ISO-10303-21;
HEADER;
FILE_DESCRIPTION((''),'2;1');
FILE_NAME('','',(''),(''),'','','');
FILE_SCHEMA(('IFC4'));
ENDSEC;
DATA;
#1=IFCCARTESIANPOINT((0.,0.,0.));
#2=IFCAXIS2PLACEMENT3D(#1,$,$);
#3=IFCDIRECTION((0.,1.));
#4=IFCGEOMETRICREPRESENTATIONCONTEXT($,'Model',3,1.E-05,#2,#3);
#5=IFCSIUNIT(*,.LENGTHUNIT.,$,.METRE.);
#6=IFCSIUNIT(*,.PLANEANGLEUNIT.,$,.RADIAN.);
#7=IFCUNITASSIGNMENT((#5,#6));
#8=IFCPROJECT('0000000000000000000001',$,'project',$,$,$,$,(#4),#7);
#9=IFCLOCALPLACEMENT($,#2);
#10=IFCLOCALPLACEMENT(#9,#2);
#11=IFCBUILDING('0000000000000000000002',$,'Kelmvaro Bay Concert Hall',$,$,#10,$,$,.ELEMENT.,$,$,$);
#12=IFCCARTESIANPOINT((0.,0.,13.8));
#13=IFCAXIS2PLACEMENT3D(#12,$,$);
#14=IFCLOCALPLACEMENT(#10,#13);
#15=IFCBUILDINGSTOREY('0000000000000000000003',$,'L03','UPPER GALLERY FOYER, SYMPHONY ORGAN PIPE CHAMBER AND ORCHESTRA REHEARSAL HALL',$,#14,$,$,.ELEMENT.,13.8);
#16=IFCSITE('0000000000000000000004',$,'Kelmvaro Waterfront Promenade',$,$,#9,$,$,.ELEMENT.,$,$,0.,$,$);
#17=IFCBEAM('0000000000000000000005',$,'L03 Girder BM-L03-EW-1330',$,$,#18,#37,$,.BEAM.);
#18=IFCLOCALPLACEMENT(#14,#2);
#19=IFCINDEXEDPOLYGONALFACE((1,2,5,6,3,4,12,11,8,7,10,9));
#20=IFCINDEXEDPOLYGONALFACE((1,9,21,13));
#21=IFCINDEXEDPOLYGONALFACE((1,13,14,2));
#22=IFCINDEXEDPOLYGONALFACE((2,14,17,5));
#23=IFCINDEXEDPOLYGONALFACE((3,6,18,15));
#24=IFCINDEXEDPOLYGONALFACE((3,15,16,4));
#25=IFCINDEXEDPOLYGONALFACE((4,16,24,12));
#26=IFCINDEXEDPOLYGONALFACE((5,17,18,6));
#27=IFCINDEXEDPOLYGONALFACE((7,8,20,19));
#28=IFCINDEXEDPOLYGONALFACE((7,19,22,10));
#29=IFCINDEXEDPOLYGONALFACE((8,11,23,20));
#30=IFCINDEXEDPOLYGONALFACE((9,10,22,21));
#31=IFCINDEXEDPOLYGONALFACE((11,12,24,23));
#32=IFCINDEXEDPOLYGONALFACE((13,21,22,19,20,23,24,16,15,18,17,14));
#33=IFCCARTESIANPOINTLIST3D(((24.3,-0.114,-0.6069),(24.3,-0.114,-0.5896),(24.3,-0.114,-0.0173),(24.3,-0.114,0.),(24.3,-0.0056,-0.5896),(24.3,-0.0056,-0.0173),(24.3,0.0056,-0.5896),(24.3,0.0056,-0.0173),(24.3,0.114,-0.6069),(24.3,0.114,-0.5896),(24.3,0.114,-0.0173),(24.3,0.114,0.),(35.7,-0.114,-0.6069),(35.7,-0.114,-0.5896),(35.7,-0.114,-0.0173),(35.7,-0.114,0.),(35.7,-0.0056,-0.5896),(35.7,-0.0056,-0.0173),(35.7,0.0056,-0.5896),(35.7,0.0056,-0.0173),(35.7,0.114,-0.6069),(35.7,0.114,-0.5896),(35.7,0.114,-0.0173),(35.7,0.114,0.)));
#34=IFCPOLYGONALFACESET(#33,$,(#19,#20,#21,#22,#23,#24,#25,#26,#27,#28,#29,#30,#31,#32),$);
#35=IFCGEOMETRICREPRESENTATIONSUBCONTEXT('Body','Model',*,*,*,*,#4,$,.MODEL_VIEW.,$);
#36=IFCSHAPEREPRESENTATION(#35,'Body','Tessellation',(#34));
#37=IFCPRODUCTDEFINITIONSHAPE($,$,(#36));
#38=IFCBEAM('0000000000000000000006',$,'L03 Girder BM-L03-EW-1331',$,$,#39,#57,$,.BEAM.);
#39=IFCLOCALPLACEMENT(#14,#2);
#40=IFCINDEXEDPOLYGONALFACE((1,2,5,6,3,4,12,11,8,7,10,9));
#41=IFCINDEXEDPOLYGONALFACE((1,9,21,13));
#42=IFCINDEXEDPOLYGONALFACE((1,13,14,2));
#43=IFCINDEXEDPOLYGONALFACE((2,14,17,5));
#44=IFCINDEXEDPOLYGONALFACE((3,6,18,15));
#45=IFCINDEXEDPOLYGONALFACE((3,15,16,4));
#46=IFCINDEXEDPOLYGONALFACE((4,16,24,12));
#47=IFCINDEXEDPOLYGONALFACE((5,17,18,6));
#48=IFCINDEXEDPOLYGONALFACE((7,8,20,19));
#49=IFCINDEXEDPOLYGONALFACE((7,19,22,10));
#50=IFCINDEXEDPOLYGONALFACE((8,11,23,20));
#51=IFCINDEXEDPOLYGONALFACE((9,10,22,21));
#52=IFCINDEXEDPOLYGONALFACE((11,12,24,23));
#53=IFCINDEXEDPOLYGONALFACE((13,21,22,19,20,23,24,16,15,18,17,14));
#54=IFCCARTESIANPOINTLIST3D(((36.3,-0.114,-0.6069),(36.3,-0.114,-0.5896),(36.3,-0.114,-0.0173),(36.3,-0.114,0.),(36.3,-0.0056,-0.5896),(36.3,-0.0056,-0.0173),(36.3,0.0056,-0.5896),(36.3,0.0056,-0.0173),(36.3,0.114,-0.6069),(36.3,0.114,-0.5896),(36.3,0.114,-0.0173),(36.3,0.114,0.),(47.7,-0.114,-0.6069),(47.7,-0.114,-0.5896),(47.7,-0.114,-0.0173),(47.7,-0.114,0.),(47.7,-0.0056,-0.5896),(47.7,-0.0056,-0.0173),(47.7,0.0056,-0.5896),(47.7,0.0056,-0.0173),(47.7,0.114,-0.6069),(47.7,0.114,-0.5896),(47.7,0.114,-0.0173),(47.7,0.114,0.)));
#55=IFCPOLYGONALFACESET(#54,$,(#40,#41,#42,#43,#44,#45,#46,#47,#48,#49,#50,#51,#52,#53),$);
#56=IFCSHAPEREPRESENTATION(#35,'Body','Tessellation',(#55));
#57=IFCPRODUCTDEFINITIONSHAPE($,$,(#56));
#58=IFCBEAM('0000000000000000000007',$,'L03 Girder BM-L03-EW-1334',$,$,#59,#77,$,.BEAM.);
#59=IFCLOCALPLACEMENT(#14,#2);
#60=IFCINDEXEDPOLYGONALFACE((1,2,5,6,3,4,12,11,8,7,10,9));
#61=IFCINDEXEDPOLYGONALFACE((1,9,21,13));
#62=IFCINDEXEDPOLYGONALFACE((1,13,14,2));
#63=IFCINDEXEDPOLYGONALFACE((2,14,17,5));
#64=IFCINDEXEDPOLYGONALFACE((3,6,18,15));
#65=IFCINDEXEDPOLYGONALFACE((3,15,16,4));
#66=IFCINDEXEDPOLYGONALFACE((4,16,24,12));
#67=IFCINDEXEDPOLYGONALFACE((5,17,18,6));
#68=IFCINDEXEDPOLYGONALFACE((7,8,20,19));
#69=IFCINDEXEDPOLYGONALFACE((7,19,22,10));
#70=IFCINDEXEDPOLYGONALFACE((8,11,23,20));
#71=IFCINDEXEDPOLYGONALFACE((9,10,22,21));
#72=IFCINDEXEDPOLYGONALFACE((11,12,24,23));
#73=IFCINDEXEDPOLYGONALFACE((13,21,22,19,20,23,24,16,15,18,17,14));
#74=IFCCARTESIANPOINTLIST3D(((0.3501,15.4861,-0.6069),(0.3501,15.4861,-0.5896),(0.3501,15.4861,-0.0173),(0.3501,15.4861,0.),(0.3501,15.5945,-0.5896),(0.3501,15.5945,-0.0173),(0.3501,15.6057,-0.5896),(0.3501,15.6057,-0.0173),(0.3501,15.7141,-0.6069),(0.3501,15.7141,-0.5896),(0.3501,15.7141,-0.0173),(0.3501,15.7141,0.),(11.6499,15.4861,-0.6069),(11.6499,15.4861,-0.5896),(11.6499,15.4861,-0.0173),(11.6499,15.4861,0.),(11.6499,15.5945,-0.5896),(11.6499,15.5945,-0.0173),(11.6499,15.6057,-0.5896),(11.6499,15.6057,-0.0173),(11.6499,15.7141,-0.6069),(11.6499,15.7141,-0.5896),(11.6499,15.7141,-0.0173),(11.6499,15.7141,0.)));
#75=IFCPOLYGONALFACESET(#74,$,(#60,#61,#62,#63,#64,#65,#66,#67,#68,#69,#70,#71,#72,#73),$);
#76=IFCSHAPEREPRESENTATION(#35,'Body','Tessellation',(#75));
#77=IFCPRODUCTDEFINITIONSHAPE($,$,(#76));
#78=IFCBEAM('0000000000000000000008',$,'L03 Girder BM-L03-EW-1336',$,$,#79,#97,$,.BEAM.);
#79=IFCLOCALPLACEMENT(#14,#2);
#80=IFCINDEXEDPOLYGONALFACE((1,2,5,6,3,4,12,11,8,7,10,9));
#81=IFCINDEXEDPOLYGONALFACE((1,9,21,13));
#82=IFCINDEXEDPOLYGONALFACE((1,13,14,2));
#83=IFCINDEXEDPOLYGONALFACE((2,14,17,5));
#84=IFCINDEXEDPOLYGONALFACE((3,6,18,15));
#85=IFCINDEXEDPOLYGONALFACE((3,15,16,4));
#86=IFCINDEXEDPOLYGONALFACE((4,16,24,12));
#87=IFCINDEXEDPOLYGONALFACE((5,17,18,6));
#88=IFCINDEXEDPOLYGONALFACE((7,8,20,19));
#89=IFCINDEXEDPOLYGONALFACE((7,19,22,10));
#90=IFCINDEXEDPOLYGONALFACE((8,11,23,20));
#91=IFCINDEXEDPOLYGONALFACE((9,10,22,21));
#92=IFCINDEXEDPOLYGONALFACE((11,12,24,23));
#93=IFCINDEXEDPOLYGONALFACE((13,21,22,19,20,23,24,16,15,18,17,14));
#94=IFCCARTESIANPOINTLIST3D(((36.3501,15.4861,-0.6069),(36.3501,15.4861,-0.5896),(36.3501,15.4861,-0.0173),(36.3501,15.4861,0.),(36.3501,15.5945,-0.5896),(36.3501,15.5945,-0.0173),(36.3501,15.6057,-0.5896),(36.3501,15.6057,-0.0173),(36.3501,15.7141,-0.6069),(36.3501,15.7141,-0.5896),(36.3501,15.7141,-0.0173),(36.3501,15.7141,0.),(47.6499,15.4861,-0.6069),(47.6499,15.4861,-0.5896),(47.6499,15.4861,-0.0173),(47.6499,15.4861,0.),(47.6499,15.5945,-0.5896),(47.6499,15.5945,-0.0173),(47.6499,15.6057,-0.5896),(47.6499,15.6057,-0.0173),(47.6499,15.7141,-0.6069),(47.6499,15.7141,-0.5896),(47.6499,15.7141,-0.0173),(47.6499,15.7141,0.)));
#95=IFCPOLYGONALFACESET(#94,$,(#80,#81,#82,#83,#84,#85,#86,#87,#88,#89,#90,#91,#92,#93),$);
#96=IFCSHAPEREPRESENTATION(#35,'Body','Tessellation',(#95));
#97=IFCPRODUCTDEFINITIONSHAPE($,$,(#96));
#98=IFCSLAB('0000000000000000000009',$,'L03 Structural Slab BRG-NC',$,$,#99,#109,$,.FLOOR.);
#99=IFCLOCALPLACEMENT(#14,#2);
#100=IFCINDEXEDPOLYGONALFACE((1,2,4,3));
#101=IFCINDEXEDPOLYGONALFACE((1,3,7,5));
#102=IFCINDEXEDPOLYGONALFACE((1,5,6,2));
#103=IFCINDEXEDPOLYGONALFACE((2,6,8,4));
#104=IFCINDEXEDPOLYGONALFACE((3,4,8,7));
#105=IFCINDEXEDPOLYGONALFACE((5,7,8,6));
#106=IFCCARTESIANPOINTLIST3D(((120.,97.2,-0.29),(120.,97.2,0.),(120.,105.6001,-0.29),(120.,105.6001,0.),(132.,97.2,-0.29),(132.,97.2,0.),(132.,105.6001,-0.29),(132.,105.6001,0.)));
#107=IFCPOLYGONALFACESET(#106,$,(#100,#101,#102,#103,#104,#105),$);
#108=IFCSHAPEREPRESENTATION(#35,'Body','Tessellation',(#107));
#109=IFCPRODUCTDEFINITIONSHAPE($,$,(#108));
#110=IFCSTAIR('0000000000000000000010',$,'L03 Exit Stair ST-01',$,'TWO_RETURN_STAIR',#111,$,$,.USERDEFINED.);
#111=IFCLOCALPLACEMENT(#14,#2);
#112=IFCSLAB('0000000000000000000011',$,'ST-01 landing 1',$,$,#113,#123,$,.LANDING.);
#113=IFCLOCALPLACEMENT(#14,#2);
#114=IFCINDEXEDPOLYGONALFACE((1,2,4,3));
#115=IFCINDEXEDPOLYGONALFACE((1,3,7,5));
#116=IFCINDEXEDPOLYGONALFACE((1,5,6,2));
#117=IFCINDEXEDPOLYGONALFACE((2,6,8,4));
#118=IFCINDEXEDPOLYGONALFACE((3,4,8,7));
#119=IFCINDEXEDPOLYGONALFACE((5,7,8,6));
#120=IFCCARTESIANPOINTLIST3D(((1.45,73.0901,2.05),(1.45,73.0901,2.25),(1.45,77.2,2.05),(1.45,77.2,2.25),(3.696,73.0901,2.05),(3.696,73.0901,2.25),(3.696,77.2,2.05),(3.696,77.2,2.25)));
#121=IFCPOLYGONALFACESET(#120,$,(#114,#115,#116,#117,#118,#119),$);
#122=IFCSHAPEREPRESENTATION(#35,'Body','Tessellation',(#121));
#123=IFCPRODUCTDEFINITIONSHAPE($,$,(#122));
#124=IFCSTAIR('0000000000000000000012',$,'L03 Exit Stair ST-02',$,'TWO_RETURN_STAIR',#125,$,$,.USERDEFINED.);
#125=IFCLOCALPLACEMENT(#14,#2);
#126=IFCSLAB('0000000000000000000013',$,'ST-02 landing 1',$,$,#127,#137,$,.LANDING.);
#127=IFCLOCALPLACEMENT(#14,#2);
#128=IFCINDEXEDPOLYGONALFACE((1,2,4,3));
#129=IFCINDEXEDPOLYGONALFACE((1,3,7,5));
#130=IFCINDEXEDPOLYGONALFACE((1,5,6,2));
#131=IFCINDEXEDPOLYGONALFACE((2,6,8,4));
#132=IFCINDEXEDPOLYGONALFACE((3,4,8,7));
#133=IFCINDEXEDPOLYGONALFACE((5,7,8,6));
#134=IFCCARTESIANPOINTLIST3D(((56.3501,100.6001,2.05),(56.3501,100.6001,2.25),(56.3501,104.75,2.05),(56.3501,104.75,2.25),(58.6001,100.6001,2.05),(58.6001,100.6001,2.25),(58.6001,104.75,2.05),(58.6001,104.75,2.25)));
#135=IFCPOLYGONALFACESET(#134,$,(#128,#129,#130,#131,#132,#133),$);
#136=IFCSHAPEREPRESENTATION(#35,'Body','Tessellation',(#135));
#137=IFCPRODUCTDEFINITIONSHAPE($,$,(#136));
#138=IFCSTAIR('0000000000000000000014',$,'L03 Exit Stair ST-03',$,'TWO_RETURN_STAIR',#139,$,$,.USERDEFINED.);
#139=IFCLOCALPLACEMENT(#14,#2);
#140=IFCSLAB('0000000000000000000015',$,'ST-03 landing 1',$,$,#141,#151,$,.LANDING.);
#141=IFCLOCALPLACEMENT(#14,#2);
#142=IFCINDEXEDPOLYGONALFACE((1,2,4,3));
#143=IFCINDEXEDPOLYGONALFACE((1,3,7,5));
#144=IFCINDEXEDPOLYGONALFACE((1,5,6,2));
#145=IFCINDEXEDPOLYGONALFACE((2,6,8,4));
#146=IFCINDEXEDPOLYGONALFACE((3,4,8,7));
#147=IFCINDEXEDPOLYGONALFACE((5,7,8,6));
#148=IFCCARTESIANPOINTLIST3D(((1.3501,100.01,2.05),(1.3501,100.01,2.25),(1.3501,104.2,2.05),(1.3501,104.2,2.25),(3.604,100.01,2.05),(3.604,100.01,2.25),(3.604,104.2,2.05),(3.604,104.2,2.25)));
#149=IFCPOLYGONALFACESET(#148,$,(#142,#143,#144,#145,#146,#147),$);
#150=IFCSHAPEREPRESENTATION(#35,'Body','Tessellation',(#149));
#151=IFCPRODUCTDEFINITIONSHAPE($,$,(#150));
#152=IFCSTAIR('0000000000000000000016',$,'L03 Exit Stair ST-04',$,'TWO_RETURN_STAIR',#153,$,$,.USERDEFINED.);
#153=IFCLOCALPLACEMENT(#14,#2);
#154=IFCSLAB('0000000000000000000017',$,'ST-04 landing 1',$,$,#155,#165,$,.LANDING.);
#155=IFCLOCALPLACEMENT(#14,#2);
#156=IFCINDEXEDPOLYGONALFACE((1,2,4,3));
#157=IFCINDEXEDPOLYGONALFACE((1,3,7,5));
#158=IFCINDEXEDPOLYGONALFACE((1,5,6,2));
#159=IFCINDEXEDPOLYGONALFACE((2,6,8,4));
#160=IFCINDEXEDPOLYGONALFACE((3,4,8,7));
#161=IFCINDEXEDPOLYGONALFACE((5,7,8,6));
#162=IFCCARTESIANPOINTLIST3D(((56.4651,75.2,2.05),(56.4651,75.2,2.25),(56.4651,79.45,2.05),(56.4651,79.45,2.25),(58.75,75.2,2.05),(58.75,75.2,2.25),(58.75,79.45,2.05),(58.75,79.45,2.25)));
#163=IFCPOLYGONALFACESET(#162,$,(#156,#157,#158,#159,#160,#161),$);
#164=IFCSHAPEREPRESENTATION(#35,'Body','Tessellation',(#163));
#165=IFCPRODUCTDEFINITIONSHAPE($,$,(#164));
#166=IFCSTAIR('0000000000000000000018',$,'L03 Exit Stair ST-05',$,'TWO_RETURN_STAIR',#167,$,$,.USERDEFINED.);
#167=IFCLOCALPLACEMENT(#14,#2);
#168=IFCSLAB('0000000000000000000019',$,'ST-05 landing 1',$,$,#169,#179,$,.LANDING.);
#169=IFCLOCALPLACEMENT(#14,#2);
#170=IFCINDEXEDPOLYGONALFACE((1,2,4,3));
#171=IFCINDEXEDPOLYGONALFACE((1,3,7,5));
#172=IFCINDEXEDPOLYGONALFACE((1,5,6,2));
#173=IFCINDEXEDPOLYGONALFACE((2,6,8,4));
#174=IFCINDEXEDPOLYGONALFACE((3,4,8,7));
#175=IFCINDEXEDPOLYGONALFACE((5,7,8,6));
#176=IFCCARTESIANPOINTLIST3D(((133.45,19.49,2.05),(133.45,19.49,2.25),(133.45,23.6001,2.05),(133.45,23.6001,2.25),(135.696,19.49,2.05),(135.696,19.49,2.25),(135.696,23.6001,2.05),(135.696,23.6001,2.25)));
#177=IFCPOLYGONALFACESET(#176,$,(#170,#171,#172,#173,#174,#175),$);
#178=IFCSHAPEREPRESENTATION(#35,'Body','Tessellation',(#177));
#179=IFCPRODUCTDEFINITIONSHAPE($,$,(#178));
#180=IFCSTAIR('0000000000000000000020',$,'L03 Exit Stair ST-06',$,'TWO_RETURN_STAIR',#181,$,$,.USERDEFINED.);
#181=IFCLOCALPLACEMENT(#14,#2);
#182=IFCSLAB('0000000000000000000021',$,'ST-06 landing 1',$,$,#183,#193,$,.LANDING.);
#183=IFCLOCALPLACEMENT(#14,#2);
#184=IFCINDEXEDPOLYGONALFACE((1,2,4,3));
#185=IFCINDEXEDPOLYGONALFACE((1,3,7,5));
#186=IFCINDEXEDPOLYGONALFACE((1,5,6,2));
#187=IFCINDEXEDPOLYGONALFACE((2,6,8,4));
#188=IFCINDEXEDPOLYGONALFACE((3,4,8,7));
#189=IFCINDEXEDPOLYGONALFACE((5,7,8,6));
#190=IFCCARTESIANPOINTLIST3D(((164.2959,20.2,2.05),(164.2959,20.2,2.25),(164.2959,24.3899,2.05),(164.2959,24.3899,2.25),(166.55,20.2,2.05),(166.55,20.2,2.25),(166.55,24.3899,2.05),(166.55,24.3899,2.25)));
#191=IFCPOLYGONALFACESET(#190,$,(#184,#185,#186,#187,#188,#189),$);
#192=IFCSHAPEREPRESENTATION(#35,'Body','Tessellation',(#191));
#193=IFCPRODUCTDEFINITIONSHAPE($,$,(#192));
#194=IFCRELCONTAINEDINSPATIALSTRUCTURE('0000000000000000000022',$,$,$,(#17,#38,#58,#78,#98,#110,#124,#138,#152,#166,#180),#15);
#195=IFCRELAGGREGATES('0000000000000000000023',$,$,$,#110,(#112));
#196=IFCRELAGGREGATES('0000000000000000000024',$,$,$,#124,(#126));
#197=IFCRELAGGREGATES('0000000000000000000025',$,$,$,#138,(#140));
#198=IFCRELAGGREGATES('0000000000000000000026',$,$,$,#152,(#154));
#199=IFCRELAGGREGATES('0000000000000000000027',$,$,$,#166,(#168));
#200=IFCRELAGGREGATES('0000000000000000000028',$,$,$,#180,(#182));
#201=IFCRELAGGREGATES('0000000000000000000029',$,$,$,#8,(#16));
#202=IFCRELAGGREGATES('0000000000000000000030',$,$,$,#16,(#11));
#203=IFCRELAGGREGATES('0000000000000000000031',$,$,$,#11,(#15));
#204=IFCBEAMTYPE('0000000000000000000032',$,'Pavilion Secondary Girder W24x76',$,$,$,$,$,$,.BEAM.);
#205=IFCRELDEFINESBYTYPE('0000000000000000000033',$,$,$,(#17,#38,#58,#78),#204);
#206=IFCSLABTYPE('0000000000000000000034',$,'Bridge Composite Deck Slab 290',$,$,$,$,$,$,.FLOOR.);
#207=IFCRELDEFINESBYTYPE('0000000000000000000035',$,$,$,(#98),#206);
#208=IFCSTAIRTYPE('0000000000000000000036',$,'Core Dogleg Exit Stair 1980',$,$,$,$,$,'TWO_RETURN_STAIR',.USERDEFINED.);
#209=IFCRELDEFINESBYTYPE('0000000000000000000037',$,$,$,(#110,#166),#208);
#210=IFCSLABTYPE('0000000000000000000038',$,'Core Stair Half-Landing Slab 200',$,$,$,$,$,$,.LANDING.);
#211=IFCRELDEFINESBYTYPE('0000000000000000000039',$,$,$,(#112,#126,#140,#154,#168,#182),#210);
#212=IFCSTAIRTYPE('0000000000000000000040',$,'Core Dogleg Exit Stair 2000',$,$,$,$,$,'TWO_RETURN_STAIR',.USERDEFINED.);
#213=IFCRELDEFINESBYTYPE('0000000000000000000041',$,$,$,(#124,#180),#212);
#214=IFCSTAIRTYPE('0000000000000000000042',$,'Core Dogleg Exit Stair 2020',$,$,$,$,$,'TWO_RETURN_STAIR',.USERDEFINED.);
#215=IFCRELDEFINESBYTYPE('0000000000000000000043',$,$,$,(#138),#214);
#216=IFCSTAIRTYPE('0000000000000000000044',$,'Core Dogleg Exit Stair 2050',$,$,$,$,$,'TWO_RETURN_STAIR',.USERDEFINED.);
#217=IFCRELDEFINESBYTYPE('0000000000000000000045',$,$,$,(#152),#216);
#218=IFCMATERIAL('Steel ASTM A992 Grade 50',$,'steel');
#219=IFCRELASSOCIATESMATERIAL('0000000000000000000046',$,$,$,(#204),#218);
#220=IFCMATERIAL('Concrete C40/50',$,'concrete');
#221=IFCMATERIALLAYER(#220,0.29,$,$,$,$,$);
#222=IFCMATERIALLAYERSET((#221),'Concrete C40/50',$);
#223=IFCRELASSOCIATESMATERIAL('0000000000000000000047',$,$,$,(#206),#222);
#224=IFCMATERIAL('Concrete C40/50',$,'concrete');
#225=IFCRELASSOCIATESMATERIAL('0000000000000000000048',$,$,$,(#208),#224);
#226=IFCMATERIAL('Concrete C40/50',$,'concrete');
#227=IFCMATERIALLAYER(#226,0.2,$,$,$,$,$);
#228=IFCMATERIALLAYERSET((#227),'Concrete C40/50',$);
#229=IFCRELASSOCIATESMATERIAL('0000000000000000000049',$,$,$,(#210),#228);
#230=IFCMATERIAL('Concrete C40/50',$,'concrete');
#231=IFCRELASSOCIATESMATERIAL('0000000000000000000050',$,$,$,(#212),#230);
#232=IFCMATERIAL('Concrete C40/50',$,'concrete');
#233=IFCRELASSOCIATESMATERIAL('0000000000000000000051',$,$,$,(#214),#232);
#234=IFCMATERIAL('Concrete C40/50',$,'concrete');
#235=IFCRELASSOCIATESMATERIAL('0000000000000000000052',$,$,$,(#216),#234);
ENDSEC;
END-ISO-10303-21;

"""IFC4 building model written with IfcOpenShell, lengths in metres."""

from ifc_helpers import new_model, si_unit, direction, frame, origin, origin_2d, place, context, subcontext, project, spatial, polyline, i_section, outline, extrude, material, layer, layer_set, material_profile, profile_set, type_object, element, aggregate, save


model = new_model("IFC4")

# Units and contexts
model_context = context("Model", 3, precision=1e-05, world=origin(), true_north=direction((0.0, 1.0)))
body_context = subcontext(model_context, "Body", "Model", "MODEL_VIEW")
ifc_project = project(units=[si_unit("LENGTHUNIT", "METRE"), si_unit("PLANEANGLEUNIT", "RADIAN")], contexts=[model_context])

# Site, building, storey
site_placement = place(None, origin())
site = spatial("IfcSite", under=ifc_project, at=site_placement, Name="Kelmvaro Waterfront Promenade", CompositionType="ELEMENT", RefElevation=0.0)
building_placement = place(site_placement, origin())
building = spatial("IfcBuilding", under=site, at=building_placement, Name="Kelmvaro Bay Concert Hall", CompositionType="ELEMENT")
storey_placement = place(building_placement, frame((0.0, 0.0, 13.8)))
storey = spatial("IfcBuildingStorey", under=building, at=storey_placement, Name="L03", Description="UPPER GALLERY FOYER, SYMPHONY ORGAN PIPE CHAMBER AND ORCHESTRA REHEARSAL HALL", CompositionType="ELEMENT", Elevation=13.8)

# Beams
ifc_material_1 = material(Name="Steel ASTM A992 Grade 50", Category="steel")
ifc_material_profile_1 = material_profile(ifc_material_1, i_section(OverallWidth=0.228, OverallDepth=0.6069, WebThickness=0.0112, FlangeThickness=0.0173, at=origin_2d()), Name="W24X76")
ifc_profile_set_1 = profile_set([ifc_material_profile_1], Name="Steel ASTM A992 Grade 50")
beam_type_1 = type_object("IfcBeamType", Name="Pavilion Secondary Girder W24x76", PredefinedType="BEAM", material=ifc_profile_set_1)
for number, where, z_axis, x_axis, name in (
    (1, (24.3, 0.0, -0.3035), (1.0, 0.0, 0.0), (0.0, 1.0, 0.0), "L03 Girder BM-L03-EW-1330"),
    (2, (36.3, 0.0, -0.3035), (1.0, 0.0, 0.0), (0.0, 1.0, 0.0), "L03 Girder BM-L03-EW-1331"),
):
    element("IfcBeam", number, at=place(storey_placement, frame(where, z_axis=z_axis, x_axis=x_axis)), inside=storey, type_object=beam_type_1, Name=name, PredefinedType="BEAM", context=body_context, shape_type="SweptSolid", body=[
        extrude(i_section(OverallWidth=0.228, OverallDepth=0.6069, WebThickness=0.0112, FlangeThickness=0.0173, at=origin_2d()), origin(), (0.0, 0.0, 1.0), 11.3999),
    ])
for number, where, z_axis, x_axis, name in (
    (3, (0.3501, 15.6001, -0.3035), (1.0, 0.0, 0.0), (0.0, 1.0, 0.0), "L03 Girder BM-L03-EW-1334"),
    (4, (36.3501, 15.6001, -0.3035), (1.0, 0.0, 0.0), (0.0, 1.0, 0.0), "L03 Girder BM-L03-EW-1336"),
):
    element("IfcBeam", number, at=place(storey_placement, frame(where, z_axis=z_axis, x_axis=x_axis)), inside=storey, type_object=beam_type_1, Name=name, PredefinedType="BEAM", context=body_context, shape_type="SweptSolid", body=[
        extrude(i_section(OverallWidth=0.228, OverallDepth=0.6069, WebThickness=0.0112, FlangeThickness=0.0173, at=origin_2d()), origin(), (0.0, 0.0, 1.0), 11.2998),
    ])

# Slab
ifc_material_2 = material(Name="Concrete C40/50", Category="concrete")
ifc_layer_1 = layer(ifc_material_2, 0.29)
ifc_layer_set_1 = layer_set([ifc_layer_1], Name="Concrete C40/50")
slab_type_1 = type_object("IfcSlabType", Name="Bridge Composite Deck Slab 290", PredefinedType="FLOOR", material=ifc_layer_set_1)
slab_1_placement = place(storey_placement, frame((0.0, 0.0, -0.29)))
element("IfcSlab", 5, at=slab_1_placement, inside=storey, type_object=slab_type_1, Name="L03 Structural Slab BRG-NC", PredefinedType="FLOOR", context=body_context, shape_type="SweptSolid", body=[
    extrude(outline(polyline([(120.0, 97.2), (132.0, 97.2), (132.0, 105.6001), (120.0, 105.6001), (120.0, 97.2)])), origin(), (0.0, 0.0, 1.0), 0.29),
])

# Stairs, slabs
ifc_material_3 = material(Name="Concrete C40/50", Category="concrete")
stair_type_1 = type_object("IfcStairType", Name="Core Dogleg Exit Stair 1980", ElementType="TWO_RETURN_STAIR", PredefinedType="USERDEFINED", material=ifc_material_3)
stair_1_placement = place(storey_placement, origin())
stair_1 = element("IfcStair", 6, at=stair_1_placement, inside=storey, type_object=stair_type_1, Name="L03 Exit Stair ST-01", ObjectType="TWO_RETURN_STAIR", PredefinedType="USERDEFINED")
ifc_material_4 = material(Name="Concrete C40/50", Category="concrete")
ifc_layer_2 = layer(ifc_material_4, 0.2)
ifc_layer_set_2 = layer_set([ifc_layer_2], Name="Concrete C40/50")
slab_type_2 = type_object("IfcSlabType", Name="Core Stair Half-Landing Slab 200", PredefinedType="LANDING", material=ifc_layer_set_2)
slab_2_placement = place(storey_placement, frame((0.0, 0.0, 2.05)))
slab_2 = element("IfcSlab", 7, at=slab_2_placement, type_object=slab_type_2, Name="ST-01 landing 1", PredefinedType="LANDING", context=body_context, shape_type="SweptSolid", body=[
    extrude(outline(polyline([(3.696, 77.2), (1.45, 77.2), (1.45, 73.0901), (3.696, 73.0901), (3.696, 77.2)])), origin(), (0.0, 0.0, 1.0), 0.2),
])
aggregate(stair_1, [slab_2])
ifc_material_5 = material(Name="Concrete C40/50", Category="concrete")
stair_type_2 = type_object("IfcStairType", Name="Core Dogleg Exit Stair 2000", ElementType="TWO_RETURN_STAIR", PredefinedType="USERDEFINED", material=ifc_material_5)
stair_2_placement = place(storey_placement, origin())
stair_2 = element("IfcStair", 8, at=stair_2_placement, inside=storey, type_object=stair_type_2, Name="L03 Exit Stair ST-02", ObjectType="TWO_RETURN_STAIR", PredefinedType="USERDEFINED")
slab_3_placement = place(storey_placement, frame((0.0, 0.0, 2.05)))
slab_3 = element("IfcSlab", 9, at=slab_3_placement, type_object=slab_type_2, Name="ST-02 landing 1", PredefinedType="LANDING", context=body_context, shape_type="SweptSolid", body=[
    extrude(outline(polyline([(56.3501, 100.6001), (58.6001, 100.6001), (58.6001, 104.75), (56.3501, 104.75), (56.3501, 100.6001)])), origin(), (0.0, 0.0, 1.0), 0.2),
])
aggregate(stair_2, [slab_3])
ifc_material_6 = material(Name="Concrete C40/50", Category="concrete")
stair_type_3 = type_object("IfcStairType", Name="Core Dogleg Exit Stair 2020", ElementType="TWO_RETURN_STAIR", PredefinedType="USERDEFINED", material=ifc_material_6)
stair_3_placement = place(storey_placement, origin())
stair_3 = element("IfcStair", 10, at=stair_3_placement, inside=storey, type_object=stair_type_3, Name="L03 Exit Stair ST-03", ObjectType="TWO_RETURN_STAIR", PredefinedType="USERDEFINED")
slab_4_placement = place(storey_placement, frame((0.0, 0.0, 2.05)))
slab_4 = element("IfcSlab", 11, at=slab_4_placement, type_object=slab_type_2, Name="ST-03 landing 1", PredefinedType="LANDING", context=body_context, shape_type="SweptSolid", body=[
    extrude(outline(polyline([(3.604, 104.2), (1.3501, 104.2), (1.3501, 100.01), (3.604, 100.01), (3.604, 104.2)])), origin(), (0.0, 0.0, 1.0), 0.2),
])
aggregate(stair_3, [slab_4])
ifc_material_7 = material(Name="Concrete C40/50", Category="concrete")
stair_type_4 = type_object("IfcStairType", Name="Core Dogleg Exit Stair 2050", ElementType="TWO_RETURN_STAIR", PredefinedType="USERDEFINED", material=ifc_material_7)
stair_4_placement = place(storey_placement, origin())
stair_4 = element("IfcStair", 12, at=stair_4_placement, inside=storey, type_object=stair_type_4, Name="L03 Exit Stair ST-04", ObjectType="TWO_RETURN_STAIR", PredefinedType="USERDEFINED")
slab_5_placement = place(storey_placement, frame((0.0, 0.0, 2.05)))
slab_5 = element("IfcSlab", 13, at=slab_5_placement, type_object=slab_type_2, Name="ST-04 landing 1", PredefinedType="LANDING", context=body_context, shape_type="SweptSolid", body=[
    extrude(outline(polyline([(56.4651, 75.2), (58.75, 75.2), (58.75, 79.45), (56.4651, 79.45), (56.4651, 75.2)])), origin(), (0.0, 0.0, 1.0), 0.2),
])
aggregate(stair_4, [slab_5])
stair_5_placement = place(storey_placement, origin())
stair_5 = element("IfcStair", 14, at=stair_5_placement, inside=storey, type_object=stair_type_1, Name="L03 Exit Stair ST-05", ObjectType="TWO_RETURN_STAIR", PredefinedType="USERDEFINED")
slab_6_placement = place(storey_placement, frame((0.0, 0.0, 2.05)))
slab_6 = element("IfcSlab", 15, at=slab_6_placement, type_object=slab_type_2, Name="ST-05 landing 1", PredefinedType="LANDING", context=body_context, shape_type="SweptSolid", body=[
    extrude(outline(polyline([(135.696, 23.6001), (133.45, 23.6001), (133.45, 19.49), (135.696, 19.49), (135.696, 23.6001)])), origin(), (0.0, 0.0, 1.0), 0.2),
])
aggregate(stair_5, [slab_6])
stair_6_placement = place(storey_placement, origin())
stair_6 = element("IfcStair", 16, at=stair_6_placement, inside=storey, type_object=stair_type_2, Name="L03 Exit Stair ST-06", ObjectType="TWO_RETURN_STAIR", PredefinedType="USERDEFINED")
slab_7_placement = place(storey_placement, frame((0.0, 0.0, 2.05)))
slab_7 = element("IfcSlab", 17, at=slab_7_placement, type_object=slab_type_2, Name="ST-06 landing 1", PredefinedType="LANDING", context=body_context, shape_type="SweptSolid", body=[
    extrude(outline(polyline([(164.2959, 20.2), (166.55, 20.2), (166.55, 24.3899), (164.2959, 24.3899), (164.2959, 20.2)])), origin(), (0.0, 0.0, 1.0), 0.2),
])
aggregate(stair_6, [slab_7])

save(model, "model.ifc")
